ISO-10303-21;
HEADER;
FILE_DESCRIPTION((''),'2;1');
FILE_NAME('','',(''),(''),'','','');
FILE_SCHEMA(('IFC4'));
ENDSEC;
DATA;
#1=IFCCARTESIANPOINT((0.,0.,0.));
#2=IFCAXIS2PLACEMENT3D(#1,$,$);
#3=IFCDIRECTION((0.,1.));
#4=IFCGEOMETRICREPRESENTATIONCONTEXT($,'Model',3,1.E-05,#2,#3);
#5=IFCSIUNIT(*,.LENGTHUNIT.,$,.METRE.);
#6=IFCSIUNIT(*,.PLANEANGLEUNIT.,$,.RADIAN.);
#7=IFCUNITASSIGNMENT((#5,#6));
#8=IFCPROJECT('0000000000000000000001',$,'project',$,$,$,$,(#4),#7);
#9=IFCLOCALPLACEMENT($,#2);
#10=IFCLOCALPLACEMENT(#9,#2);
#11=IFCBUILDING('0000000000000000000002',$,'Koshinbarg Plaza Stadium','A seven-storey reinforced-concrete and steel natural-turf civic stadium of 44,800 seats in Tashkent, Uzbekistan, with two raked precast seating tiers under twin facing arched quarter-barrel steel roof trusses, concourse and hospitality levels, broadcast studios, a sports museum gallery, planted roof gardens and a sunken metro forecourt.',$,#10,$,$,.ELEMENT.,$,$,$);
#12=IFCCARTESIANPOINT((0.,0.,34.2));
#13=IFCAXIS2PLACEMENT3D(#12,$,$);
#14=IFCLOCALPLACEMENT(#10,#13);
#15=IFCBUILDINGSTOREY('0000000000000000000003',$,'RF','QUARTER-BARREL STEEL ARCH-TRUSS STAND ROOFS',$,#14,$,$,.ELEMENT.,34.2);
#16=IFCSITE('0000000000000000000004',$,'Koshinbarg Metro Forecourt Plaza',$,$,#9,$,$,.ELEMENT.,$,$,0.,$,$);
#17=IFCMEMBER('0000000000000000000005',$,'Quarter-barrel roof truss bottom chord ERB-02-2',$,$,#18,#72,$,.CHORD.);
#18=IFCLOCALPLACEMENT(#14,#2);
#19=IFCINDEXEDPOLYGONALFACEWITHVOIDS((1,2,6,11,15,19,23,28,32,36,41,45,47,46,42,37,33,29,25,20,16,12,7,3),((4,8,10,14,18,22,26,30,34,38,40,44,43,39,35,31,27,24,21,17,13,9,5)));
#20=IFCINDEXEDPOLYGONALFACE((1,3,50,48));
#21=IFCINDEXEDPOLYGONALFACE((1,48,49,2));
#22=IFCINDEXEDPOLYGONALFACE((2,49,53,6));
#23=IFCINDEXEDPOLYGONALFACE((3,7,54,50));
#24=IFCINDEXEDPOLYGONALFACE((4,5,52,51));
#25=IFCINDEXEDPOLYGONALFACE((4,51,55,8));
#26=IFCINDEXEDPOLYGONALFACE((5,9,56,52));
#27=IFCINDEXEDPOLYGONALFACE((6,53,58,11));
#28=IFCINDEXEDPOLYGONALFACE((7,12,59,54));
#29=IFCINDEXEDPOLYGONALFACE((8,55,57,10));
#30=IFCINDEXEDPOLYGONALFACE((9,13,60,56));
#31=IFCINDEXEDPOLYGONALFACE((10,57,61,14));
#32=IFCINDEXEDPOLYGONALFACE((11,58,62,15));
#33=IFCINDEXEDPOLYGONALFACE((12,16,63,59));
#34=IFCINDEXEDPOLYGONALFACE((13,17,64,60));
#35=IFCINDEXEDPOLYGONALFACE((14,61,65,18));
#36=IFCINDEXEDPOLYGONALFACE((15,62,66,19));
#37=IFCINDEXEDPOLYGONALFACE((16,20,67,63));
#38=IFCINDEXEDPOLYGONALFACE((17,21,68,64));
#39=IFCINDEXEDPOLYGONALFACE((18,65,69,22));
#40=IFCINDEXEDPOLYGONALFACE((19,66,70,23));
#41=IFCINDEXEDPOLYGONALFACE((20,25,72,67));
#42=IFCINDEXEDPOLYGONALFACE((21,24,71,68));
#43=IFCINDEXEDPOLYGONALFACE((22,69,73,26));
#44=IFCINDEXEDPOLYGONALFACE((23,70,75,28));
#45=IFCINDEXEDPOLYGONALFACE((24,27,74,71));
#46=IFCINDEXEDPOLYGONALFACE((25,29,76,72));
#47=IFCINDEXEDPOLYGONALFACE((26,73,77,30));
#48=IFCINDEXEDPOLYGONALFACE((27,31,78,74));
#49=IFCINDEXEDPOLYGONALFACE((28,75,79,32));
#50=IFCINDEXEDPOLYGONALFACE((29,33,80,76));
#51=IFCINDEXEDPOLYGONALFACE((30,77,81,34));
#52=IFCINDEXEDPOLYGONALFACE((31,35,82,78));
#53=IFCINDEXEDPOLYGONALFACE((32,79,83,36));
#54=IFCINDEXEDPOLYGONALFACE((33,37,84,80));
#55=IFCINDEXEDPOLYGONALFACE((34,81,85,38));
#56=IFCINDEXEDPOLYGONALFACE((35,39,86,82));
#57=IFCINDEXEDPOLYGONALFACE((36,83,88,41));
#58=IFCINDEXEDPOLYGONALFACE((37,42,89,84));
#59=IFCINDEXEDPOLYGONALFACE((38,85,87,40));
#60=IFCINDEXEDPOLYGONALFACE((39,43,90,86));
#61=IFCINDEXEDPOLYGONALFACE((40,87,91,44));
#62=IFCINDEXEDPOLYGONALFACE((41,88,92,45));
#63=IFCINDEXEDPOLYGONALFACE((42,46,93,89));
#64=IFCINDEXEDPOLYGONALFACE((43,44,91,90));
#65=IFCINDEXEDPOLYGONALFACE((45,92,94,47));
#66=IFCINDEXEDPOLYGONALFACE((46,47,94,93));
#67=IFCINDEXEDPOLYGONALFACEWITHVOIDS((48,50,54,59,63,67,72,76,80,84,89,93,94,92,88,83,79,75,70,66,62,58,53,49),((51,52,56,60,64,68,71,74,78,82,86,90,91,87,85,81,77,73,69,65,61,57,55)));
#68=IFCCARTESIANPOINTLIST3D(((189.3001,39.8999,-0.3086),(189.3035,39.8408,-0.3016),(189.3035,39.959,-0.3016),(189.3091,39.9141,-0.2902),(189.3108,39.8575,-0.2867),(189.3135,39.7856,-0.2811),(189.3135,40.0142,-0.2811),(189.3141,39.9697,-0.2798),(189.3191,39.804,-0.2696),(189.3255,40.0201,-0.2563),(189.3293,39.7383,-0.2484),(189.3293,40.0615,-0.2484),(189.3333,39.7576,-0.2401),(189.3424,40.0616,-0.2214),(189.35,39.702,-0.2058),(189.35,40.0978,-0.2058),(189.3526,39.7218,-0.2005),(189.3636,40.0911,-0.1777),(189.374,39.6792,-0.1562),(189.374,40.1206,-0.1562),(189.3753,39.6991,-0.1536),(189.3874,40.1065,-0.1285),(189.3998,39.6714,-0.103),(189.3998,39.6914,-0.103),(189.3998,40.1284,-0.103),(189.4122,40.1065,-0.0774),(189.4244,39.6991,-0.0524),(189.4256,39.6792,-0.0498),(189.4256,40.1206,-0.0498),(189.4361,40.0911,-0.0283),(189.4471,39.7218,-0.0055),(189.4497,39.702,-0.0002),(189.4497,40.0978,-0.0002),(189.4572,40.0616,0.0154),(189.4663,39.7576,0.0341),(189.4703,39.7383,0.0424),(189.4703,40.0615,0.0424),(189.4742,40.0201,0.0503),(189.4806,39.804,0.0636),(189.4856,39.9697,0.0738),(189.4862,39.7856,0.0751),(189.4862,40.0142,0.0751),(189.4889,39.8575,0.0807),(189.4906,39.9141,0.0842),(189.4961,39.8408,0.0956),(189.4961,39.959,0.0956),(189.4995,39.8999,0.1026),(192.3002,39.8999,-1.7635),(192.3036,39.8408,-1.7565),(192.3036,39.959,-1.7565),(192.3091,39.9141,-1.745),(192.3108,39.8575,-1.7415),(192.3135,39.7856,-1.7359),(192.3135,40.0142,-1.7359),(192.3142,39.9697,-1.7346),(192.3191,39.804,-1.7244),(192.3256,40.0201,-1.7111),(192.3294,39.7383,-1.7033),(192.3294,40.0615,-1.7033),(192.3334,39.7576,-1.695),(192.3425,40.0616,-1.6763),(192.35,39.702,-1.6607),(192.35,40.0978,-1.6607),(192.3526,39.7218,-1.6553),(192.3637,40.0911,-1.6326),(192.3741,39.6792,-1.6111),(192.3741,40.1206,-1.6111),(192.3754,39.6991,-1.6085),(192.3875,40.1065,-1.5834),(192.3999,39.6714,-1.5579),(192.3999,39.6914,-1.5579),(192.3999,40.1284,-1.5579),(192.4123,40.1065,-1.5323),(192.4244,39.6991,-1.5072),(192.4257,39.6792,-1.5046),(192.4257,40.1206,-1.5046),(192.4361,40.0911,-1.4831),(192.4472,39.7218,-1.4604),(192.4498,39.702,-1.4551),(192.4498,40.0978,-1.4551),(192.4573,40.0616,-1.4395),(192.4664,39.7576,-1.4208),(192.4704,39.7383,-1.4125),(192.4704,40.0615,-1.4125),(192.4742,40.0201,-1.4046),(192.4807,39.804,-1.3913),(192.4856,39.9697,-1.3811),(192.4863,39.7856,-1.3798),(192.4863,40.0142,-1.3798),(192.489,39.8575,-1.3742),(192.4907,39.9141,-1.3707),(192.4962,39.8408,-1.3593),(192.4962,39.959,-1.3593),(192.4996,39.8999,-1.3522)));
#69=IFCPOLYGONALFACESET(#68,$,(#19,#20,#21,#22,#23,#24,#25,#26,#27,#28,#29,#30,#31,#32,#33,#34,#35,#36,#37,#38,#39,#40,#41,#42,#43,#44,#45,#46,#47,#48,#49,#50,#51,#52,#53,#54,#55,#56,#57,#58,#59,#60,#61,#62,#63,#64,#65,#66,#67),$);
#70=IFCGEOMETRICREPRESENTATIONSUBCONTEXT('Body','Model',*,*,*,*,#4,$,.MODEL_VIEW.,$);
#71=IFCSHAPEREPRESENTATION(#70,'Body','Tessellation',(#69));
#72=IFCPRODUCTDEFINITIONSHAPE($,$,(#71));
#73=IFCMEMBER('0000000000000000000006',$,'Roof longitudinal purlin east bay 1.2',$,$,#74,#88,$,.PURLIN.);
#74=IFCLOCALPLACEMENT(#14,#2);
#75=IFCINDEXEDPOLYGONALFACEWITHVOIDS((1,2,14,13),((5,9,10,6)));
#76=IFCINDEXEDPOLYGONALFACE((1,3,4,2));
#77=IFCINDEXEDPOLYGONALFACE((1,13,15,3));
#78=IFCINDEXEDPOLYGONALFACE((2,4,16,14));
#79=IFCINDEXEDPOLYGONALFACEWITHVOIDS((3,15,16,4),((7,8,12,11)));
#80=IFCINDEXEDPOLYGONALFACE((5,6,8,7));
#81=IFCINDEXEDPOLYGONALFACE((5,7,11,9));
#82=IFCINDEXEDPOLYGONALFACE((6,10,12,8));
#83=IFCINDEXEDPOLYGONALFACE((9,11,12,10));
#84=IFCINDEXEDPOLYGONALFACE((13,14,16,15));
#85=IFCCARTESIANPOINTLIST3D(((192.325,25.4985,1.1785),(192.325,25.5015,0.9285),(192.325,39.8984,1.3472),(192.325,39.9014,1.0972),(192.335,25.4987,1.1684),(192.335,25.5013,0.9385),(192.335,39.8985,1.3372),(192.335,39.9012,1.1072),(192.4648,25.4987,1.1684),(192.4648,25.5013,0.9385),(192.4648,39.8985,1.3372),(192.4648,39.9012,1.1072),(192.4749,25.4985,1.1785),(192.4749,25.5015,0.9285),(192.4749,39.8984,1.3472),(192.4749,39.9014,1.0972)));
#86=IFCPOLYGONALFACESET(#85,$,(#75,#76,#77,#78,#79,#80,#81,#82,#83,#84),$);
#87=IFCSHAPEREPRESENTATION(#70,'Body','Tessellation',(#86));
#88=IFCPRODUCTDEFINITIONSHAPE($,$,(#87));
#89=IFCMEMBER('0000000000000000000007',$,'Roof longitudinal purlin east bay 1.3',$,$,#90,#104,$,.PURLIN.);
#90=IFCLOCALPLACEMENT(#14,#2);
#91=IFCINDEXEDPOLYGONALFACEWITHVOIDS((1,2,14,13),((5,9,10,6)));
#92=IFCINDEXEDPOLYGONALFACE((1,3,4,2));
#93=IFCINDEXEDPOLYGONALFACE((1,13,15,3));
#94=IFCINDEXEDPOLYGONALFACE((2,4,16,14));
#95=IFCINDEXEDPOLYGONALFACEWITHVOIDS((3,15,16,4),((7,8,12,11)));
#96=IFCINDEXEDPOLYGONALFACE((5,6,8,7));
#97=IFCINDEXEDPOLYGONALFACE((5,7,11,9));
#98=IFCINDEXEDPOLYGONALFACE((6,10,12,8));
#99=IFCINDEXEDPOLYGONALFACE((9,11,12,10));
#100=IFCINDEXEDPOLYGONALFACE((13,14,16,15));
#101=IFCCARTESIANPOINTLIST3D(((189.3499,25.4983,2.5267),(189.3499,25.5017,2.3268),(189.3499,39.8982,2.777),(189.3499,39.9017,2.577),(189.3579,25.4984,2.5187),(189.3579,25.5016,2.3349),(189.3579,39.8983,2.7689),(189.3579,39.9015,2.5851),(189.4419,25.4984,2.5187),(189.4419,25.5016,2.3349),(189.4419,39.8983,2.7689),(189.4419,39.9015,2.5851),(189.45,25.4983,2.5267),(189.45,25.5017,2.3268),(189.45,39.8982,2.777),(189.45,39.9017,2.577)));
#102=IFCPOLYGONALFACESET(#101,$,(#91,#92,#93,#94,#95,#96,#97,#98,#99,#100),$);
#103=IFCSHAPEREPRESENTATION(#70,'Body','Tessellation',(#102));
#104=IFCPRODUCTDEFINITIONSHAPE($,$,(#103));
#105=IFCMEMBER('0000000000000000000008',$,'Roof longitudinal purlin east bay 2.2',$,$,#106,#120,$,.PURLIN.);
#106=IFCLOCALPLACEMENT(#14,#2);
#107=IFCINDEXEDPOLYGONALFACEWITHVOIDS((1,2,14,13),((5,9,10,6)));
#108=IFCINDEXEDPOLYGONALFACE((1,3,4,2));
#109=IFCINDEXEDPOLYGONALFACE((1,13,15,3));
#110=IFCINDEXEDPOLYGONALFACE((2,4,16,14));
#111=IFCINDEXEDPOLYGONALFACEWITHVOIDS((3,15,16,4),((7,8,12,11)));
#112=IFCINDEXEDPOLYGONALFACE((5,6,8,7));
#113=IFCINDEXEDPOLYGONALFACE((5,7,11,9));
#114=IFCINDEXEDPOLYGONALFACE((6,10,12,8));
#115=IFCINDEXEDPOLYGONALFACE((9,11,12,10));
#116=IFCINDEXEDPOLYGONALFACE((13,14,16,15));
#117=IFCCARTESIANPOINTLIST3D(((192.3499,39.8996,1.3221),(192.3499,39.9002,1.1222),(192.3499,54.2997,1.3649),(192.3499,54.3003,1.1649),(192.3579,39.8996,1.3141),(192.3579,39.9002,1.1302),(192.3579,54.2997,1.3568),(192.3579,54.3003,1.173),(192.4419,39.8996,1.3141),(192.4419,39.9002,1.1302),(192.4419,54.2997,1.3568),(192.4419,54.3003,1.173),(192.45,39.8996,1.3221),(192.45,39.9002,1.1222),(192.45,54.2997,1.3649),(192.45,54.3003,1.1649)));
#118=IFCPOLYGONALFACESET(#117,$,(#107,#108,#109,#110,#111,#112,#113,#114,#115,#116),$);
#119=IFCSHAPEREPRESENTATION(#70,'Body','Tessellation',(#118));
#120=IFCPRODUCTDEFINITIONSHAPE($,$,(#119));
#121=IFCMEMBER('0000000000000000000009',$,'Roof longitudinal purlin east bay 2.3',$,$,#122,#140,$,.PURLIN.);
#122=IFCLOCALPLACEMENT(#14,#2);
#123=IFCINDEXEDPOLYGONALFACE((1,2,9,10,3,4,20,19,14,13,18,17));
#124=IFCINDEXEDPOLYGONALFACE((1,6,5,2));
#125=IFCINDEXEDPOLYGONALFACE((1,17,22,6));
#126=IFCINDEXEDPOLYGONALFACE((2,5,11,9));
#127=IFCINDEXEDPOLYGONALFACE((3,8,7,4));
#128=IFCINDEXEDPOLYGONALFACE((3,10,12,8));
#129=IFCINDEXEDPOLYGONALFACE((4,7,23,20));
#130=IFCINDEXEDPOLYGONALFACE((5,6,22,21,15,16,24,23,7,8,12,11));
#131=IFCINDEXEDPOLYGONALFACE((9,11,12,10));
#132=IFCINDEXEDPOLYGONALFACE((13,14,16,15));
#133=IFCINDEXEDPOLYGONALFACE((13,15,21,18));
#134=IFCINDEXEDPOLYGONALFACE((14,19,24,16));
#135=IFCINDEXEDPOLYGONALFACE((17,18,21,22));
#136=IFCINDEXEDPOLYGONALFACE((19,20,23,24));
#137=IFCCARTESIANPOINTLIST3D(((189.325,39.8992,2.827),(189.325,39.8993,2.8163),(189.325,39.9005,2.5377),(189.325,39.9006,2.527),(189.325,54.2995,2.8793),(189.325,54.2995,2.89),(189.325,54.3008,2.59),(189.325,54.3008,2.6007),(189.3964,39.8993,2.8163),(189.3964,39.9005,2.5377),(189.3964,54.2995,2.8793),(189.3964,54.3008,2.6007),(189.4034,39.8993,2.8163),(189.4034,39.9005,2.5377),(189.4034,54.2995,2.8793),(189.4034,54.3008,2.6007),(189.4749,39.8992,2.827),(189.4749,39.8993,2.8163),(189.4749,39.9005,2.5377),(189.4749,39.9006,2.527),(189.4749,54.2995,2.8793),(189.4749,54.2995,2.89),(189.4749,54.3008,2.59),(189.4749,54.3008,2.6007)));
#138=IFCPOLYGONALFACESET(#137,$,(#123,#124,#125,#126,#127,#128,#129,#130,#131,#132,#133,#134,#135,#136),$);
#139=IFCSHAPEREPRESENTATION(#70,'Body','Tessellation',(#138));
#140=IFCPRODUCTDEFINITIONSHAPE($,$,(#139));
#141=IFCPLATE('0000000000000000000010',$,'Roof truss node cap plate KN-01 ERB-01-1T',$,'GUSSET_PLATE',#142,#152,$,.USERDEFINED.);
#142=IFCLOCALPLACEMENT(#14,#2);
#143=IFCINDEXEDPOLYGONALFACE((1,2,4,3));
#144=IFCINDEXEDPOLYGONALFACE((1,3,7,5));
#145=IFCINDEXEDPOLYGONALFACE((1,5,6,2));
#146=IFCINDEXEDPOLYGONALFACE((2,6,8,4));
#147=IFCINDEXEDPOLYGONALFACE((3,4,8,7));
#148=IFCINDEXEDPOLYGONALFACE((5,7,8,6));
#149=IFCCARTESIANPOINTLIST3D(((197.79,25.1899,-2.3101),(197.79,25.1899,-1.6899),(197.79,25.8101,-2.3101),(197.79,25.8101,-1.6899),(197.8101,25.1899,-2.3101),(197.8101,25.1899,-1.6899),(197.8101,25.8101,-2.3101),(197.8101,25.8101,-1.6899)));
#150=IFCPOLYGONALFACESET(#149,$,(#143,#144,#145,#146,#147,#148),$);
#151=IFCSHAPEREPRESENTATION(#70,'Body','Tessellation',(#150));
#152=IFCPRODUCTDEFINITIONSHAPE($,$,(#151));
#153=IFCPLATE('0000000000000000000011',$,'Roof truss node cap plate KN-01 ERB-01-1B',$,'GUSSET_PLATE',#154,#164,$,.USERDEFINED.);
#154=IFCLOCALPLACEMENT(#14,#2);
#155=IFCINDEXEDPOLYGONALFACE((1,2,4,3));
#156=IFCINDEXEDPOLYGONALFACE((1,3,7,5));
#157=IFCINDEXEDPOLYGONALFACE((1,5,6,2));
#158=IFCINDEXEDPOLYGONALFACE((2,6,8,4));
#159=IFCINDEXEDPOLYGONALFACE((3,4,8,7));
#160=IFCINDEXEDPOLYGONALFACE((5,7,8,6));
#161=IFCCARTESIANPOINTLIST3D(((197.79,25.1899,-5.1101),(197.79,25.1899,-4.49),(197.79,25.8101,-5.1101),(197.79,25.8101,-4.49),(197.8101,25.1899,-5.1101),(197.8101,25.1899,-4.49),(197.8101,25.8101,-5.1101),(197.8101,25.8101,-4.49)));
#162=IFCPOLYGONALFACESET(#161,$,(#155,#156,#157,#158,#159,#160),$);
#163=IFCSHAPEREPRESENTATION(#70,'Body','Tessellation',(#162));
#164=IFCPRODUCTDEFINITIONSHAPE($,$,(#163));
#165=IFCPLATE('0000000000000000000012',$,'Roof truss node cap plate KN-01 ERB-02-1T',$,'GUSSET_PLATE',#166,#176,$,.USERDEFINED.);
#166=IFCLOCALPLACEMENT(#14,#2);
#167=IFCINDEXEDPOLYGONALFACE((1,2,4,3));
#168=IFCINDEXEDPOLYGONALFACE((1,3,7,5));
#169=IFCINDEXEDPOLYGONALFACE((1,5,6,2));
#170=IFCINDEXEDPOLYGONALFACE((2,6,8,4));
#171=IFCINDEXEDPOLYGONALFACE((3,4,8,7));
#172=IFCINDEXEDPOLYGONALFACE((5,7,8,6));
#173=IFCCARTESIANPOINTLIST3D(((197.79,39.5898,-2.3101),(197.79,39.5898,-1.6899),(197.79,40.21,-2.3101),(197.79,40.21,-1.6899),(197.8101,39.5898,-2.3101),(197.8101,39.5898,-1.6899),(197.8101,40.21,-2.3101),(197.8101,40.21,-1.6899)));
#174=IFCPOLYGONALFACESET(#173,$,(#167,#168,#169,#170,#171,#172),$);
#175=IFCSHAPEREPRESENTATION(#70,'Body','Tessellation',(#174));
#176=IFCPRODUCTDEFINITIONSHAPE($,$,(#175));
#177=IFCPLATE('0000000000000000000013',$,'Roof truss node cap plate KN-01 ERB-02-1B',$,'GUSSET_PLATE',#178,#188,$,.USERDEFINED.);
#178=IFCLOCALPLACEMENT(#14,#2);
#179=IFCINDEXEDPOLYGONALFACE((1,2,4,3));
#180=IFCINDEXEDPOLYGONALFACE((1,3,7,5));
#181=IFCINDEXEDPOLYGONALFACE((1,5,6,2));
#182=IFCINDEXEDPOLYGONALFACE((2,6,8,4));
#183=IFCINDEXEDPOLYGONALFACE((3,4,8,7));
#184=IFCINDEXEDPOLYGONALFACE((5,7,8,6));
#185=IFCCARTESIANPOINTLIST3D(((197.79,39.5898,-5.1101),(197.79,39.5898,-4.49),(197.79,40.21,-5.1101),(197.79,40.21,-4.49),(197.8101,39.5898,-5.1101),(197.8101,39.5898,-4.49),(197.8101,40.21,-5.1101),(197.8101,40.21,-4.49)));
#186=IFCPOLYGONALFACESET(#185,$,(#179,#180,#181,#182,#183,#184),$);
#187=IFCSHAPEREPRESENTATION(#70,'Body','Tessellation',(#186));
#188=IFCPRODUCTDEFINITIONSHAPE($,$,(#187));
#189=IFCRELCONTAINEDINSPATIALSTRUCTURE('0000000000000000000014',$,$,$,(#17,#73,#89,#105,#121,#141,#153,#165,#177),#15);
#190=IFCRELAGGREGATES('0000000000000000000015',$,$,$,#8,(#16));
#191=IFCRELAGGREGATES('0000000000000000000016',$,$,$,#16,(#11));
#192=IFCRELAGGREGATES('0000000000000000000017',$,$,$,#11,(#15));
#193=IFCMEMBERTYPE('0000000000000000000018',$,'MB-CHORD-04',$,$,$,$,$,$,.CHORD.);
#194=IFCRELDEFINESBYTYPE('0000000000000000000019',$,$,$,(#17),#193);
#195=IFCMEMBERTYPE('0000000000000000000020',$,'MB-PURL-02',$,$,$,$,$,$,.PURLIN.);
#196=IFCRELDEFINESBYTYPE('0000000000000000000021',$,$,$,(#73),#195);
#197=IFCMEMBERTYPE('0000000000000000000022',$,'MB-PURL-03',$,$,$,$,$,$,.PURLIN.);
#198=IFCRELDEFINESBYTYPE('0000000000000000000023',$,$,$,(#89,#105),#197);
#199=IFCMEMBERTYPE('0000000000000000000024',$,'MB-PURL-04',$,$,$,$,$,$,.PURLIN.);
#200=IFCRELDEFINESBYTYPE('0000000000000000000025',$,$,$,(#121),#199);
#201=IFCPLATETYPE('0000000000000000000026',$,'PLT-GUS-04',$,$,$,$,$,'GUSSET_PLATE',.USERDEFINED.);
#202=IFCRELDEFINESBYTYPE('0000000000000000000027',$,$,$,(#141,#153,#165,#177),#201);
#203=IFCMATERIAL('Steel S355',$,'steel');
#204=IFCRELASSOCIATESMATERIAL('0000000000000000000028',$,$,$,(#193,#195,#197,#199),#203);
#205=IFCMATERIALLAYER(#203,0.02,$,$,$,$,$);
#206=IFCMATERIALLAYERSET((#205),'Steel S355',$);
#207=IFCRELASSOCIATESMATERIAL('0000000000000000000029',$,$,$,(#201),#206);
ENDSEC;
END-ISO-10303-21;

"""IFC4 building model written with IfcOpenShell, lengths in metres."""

from ifc_helpers import new_model, si_unit, direction, frame, origin, origin_2d, place, context, subcontext, project, spatial, rectangle, hollow_rectangle, hollow_circle, i_section, extrude, material, layer, layer_set, material_profile, profile_set, type_object, element, save


model = new_model("IFC4")

# Units and contexts
model_context = context("Model", 3, precision=1e-05, world=origin(), true_north=direction((0.0, 1.0)))
body_context = subcontext(model_context, "Body", "Model", "MODEL_VIEW")
ifc_project = project(units=[si_unit("LENGTHUNIT", "METRE"), si_unit("PLANEANGLEUNIT", "RADIAN")], contexts=[model_context])

# Site, building, storey
site_placement = place(None, origin())
site = spatial("IfcSite", under=ifc_project, at=site_placement, Name="Koshinbarg Metro Forecourt Plaza", CompositionType="ELEMENT", RefElevation=0.0)
building_placement = place(site_placement, origin())
building = spatial("IfcBuilding", under=site, at=building_placement, Name="Koshinbarg Plaza Stadium", Description="A seven-storey reinforced-concrete and steel natural-turf civic stadium of 44,800 seats in Tashkent, Uzbekistan, with two raked precast seating tiers under twin facing arched quarter-barrel steel roof trusses, concourse and hospitality levels, broadcast studios, a sports museum gallery, planted roof gardens and a sunken metro forecourt.", CompositionType="ELEMENT")
storey_placement = place(building_placement, frame((0.0, 0.0, 34.2)))
storey = spatial("IfcBuildingStorey", under=building, at=storey_placement, Name="RF", Description="QUARTER-BARREL STEEL ARCH-TRUSS STAND ROOFS", CompositionType="ELEMENT", Elevation=34.2)

# Members
ifc_material_1 = material(Name="Steel S355", Category="steel")
ifc_material_profile_1 = material_profile(ifc_material_1, hollow_circle(Radius=0.2285, WallThickness=0.02, at=origin_2d()), Name="CHS 457x20")
ifc_profile_set_1 = profile_set([ifc_material_profile_1], Name="Steel S355")
member_type_1 = type_object("IfcMemberType", Name="MB-CHORD-04", PredefinedType="CHORD", material=ifc_profile_set_1)
member_1_placement = place(storey_placement, frame((192.3999, 39.8999, -1.5579), z_axis=(-0.89978, 0.0, 0.436344), x_axis=(0.0, -1.0, 0.0)))
element("IfcMember", 1, at=member_1_placement, inside=storey, type_object=member_type_1, Name="Quarter-barrel roof truss bottom chord ERB-02-2", PredefinedType="CHORD", context=body_context, shape_type="SweptSolid", body=[
    extrude(hollow_circle(Radius=0.2285, WallThickness=0.02, at=origin_2d()), origin(), (0.0, 0.0, 1.0), 3.3342),
])
ifc_material_profile_2 = material_profile(ifc_material_1, hollow_rectangle(XDim=0.1499, YDim=0.25, WallThickness=0.01, at=origin_2d()), Name="RHS 250x150x10")
ifc_profile_set_2 = profile_set([ifc_material_profile_2], Name="Steel S355")
member_type_2 = type_object("IfcMemberType", Name="MB-PURL-02", PredefinedType="PURLIN", material=ifc_profile_set_2)
member_2_placement = place(storey_placement, frame((192.3999, 25.5, 1.0535), z_axis=(0.0, 0.999931, 0.011715), x_axis=(-1.0, 0.0, 0.0)))
element("IfcMember", 2, at=member_2_placement, inside=storey, type_object=member_type_2, Name="Roof longitudinal purlin east bay 1.2", PredefinedType="PURLIN", context=body_context, shape_type="SweptSolid", body=[
    extrude(hollow_rectangle(XDim=0.1499, YDim=0.25, WallThickness=0.01, at=origin_2d()), origin(), (0.0, 0.0, 1.0), 14.4009),
])
ifc_material_profile_3 = material_profile(ifc_material_1, hollow_rectangle(XDim=0.1001, YDim=0.2, WallThickness=0.0081, at=origin_2d()), Name="RHS 200x100x8")
ifc_profile_set_3 = profile_set([ifc_material_profile_3], Name="Steel S355")
member_type_3 = type_object("IfcMemberType", Name="MB-PURL-03", PredefinedType="PURLIN", material=ifc_profile_set_3)
member_3_placement = place(storey_placement, frame((189.3999, 25.5, 2.4268), z_axis=(0.0, 0.999849, 0.017376), x_axis=(-1.0, 0.0, 0.0)))
element("IfcMember", 3, at=member_3_placement, inside=storey, type_object=member_type_3, Name="Roof longitudinal purlin east bay 1.3", PredefinedType="PURLIN", context=body_context, shape_type="SweptSolid", body=[
    extrude(hollow_rectangle(XDim=0.1001, YDim=0.2, WallThickness=0.0081, at=origin_2d()), origin(), (0.0, 0.0, 1.0), 14.4021),
])
member_4_placement = place(storey_placement, frame((192.3999, 39.8999, 1.2222), z_axis=(0.0, 0.999996, 0.002967), x_axis=(-1.0, 0.0, 0.0)))
element("IfcMember", 4, at=member_4_placement, inside=storey, type_object=member_type_3, Name="Roof longitudinal purlin east bay 2.2", PredefinedType="PURLIN", context=body_context, shape_type="SweptSolid", body=[
    extrude(hollow_rectangle(XDim=0.1001, YDim=0.2, WallThickness=0.0081, at=origin_2d()), origin(), (0.0, 0.0, 1.0), 14.4001),
])
ifc_material_profile_4 = material_profile(ifc_material_1, i_section(OverallWidth=0.1499, OverallDepth=0.3, WebThickness=0.0071, FlangeThickness=0.0107, at=origin_2d()), Name="IPE 300")
ifc_profile_set_4 = profile_set([ifc_material_profile_4], Name="Steel S355")
member_type_4 = type_object("IfcMemberType", Name="MB-PURL-04", PredefinedType="PURLIN", material=ifc_profile_set_4)
member_5_placement = place(storey_placement, frame((189.3999, 39.8999, 2.677), z_axis=(0.0, 0.99999, 0.004374), x_axis=(-1.0, 0.0, 0.0)))
element("IfcMember", 5, at=member_5_placement, inside=storey, type_object=member_type_4, Name="Roof longitudinal purlin east bay 2.3", PredefinedType="PURLIN", context=body_context, shape_type="SweptSolid", body=[
    extrude(i_section(OverallWidth=0.1499, OverallDepth=0.3, WebThickness=0.0071, FlangeThickness=0.0107, at=origin_2d()), origin(), (0.0, 0.0, 1.0), 14.4004),
])

# Plates
ifc_layer_1 = layer(ifc_material_1, 0.02)
ifc_layer_set_1 = layer_set([ifc_layer_1], Name="Steel S355")
plate_type = type_object("IfcPlateType", Name="PLT-GUS-04", ElementType="GUSSET_PLATE", PredefinedType="USERDEFINED", material=ifc_layer_set_1)
for number, where, z_axis, x_axis, name in (
    (6, (197.8, 25.5, -2.3101), (0.0, 0.0, 1.0), (1.0, 0.0, 0.0), "Roof truss node cap plate KN-01 ERB-01-1T"),
    (7, (197.8, 25.5, -5.1101), (0.0, 0.0, 1.0), (1.0, 0.0, 0.0), "Roof truss node cap plate KN-01 ERB-01-1B"),
    (8, (197.8, 39.8999, -2.3101), (0.0, 0.0, 1.0), (1.0, 0.0, 0.0), "Roof truss node cap plate KN-01 ERB-02-1T"),
    (9, (197.8, 39.8999, -5.1101), (0.0, 0.0, 1.0), (1.0, 0.0, 0.0), "Roof truss node cap plate KN-01 ERB-02-1B"),
):
    element("IfcPlate", number, at=place(storey_placement, frame(where, z_axis=z_axis, x_axis=x_axis)), inside=storey, type_object=plate_type, Name=name, ObjectType="GUSSET_PLATE", PredefinedType="USERDEFINED", context=body_context, shape_type="SweptSolid", body=[
        extrude(rectangle(XDim=0.02, YDim=0.6201, at=origin_2d()), origin(), (0.0, 0.0, 1.0), 0.6201),
    ])

save(model, "model.ifc")
